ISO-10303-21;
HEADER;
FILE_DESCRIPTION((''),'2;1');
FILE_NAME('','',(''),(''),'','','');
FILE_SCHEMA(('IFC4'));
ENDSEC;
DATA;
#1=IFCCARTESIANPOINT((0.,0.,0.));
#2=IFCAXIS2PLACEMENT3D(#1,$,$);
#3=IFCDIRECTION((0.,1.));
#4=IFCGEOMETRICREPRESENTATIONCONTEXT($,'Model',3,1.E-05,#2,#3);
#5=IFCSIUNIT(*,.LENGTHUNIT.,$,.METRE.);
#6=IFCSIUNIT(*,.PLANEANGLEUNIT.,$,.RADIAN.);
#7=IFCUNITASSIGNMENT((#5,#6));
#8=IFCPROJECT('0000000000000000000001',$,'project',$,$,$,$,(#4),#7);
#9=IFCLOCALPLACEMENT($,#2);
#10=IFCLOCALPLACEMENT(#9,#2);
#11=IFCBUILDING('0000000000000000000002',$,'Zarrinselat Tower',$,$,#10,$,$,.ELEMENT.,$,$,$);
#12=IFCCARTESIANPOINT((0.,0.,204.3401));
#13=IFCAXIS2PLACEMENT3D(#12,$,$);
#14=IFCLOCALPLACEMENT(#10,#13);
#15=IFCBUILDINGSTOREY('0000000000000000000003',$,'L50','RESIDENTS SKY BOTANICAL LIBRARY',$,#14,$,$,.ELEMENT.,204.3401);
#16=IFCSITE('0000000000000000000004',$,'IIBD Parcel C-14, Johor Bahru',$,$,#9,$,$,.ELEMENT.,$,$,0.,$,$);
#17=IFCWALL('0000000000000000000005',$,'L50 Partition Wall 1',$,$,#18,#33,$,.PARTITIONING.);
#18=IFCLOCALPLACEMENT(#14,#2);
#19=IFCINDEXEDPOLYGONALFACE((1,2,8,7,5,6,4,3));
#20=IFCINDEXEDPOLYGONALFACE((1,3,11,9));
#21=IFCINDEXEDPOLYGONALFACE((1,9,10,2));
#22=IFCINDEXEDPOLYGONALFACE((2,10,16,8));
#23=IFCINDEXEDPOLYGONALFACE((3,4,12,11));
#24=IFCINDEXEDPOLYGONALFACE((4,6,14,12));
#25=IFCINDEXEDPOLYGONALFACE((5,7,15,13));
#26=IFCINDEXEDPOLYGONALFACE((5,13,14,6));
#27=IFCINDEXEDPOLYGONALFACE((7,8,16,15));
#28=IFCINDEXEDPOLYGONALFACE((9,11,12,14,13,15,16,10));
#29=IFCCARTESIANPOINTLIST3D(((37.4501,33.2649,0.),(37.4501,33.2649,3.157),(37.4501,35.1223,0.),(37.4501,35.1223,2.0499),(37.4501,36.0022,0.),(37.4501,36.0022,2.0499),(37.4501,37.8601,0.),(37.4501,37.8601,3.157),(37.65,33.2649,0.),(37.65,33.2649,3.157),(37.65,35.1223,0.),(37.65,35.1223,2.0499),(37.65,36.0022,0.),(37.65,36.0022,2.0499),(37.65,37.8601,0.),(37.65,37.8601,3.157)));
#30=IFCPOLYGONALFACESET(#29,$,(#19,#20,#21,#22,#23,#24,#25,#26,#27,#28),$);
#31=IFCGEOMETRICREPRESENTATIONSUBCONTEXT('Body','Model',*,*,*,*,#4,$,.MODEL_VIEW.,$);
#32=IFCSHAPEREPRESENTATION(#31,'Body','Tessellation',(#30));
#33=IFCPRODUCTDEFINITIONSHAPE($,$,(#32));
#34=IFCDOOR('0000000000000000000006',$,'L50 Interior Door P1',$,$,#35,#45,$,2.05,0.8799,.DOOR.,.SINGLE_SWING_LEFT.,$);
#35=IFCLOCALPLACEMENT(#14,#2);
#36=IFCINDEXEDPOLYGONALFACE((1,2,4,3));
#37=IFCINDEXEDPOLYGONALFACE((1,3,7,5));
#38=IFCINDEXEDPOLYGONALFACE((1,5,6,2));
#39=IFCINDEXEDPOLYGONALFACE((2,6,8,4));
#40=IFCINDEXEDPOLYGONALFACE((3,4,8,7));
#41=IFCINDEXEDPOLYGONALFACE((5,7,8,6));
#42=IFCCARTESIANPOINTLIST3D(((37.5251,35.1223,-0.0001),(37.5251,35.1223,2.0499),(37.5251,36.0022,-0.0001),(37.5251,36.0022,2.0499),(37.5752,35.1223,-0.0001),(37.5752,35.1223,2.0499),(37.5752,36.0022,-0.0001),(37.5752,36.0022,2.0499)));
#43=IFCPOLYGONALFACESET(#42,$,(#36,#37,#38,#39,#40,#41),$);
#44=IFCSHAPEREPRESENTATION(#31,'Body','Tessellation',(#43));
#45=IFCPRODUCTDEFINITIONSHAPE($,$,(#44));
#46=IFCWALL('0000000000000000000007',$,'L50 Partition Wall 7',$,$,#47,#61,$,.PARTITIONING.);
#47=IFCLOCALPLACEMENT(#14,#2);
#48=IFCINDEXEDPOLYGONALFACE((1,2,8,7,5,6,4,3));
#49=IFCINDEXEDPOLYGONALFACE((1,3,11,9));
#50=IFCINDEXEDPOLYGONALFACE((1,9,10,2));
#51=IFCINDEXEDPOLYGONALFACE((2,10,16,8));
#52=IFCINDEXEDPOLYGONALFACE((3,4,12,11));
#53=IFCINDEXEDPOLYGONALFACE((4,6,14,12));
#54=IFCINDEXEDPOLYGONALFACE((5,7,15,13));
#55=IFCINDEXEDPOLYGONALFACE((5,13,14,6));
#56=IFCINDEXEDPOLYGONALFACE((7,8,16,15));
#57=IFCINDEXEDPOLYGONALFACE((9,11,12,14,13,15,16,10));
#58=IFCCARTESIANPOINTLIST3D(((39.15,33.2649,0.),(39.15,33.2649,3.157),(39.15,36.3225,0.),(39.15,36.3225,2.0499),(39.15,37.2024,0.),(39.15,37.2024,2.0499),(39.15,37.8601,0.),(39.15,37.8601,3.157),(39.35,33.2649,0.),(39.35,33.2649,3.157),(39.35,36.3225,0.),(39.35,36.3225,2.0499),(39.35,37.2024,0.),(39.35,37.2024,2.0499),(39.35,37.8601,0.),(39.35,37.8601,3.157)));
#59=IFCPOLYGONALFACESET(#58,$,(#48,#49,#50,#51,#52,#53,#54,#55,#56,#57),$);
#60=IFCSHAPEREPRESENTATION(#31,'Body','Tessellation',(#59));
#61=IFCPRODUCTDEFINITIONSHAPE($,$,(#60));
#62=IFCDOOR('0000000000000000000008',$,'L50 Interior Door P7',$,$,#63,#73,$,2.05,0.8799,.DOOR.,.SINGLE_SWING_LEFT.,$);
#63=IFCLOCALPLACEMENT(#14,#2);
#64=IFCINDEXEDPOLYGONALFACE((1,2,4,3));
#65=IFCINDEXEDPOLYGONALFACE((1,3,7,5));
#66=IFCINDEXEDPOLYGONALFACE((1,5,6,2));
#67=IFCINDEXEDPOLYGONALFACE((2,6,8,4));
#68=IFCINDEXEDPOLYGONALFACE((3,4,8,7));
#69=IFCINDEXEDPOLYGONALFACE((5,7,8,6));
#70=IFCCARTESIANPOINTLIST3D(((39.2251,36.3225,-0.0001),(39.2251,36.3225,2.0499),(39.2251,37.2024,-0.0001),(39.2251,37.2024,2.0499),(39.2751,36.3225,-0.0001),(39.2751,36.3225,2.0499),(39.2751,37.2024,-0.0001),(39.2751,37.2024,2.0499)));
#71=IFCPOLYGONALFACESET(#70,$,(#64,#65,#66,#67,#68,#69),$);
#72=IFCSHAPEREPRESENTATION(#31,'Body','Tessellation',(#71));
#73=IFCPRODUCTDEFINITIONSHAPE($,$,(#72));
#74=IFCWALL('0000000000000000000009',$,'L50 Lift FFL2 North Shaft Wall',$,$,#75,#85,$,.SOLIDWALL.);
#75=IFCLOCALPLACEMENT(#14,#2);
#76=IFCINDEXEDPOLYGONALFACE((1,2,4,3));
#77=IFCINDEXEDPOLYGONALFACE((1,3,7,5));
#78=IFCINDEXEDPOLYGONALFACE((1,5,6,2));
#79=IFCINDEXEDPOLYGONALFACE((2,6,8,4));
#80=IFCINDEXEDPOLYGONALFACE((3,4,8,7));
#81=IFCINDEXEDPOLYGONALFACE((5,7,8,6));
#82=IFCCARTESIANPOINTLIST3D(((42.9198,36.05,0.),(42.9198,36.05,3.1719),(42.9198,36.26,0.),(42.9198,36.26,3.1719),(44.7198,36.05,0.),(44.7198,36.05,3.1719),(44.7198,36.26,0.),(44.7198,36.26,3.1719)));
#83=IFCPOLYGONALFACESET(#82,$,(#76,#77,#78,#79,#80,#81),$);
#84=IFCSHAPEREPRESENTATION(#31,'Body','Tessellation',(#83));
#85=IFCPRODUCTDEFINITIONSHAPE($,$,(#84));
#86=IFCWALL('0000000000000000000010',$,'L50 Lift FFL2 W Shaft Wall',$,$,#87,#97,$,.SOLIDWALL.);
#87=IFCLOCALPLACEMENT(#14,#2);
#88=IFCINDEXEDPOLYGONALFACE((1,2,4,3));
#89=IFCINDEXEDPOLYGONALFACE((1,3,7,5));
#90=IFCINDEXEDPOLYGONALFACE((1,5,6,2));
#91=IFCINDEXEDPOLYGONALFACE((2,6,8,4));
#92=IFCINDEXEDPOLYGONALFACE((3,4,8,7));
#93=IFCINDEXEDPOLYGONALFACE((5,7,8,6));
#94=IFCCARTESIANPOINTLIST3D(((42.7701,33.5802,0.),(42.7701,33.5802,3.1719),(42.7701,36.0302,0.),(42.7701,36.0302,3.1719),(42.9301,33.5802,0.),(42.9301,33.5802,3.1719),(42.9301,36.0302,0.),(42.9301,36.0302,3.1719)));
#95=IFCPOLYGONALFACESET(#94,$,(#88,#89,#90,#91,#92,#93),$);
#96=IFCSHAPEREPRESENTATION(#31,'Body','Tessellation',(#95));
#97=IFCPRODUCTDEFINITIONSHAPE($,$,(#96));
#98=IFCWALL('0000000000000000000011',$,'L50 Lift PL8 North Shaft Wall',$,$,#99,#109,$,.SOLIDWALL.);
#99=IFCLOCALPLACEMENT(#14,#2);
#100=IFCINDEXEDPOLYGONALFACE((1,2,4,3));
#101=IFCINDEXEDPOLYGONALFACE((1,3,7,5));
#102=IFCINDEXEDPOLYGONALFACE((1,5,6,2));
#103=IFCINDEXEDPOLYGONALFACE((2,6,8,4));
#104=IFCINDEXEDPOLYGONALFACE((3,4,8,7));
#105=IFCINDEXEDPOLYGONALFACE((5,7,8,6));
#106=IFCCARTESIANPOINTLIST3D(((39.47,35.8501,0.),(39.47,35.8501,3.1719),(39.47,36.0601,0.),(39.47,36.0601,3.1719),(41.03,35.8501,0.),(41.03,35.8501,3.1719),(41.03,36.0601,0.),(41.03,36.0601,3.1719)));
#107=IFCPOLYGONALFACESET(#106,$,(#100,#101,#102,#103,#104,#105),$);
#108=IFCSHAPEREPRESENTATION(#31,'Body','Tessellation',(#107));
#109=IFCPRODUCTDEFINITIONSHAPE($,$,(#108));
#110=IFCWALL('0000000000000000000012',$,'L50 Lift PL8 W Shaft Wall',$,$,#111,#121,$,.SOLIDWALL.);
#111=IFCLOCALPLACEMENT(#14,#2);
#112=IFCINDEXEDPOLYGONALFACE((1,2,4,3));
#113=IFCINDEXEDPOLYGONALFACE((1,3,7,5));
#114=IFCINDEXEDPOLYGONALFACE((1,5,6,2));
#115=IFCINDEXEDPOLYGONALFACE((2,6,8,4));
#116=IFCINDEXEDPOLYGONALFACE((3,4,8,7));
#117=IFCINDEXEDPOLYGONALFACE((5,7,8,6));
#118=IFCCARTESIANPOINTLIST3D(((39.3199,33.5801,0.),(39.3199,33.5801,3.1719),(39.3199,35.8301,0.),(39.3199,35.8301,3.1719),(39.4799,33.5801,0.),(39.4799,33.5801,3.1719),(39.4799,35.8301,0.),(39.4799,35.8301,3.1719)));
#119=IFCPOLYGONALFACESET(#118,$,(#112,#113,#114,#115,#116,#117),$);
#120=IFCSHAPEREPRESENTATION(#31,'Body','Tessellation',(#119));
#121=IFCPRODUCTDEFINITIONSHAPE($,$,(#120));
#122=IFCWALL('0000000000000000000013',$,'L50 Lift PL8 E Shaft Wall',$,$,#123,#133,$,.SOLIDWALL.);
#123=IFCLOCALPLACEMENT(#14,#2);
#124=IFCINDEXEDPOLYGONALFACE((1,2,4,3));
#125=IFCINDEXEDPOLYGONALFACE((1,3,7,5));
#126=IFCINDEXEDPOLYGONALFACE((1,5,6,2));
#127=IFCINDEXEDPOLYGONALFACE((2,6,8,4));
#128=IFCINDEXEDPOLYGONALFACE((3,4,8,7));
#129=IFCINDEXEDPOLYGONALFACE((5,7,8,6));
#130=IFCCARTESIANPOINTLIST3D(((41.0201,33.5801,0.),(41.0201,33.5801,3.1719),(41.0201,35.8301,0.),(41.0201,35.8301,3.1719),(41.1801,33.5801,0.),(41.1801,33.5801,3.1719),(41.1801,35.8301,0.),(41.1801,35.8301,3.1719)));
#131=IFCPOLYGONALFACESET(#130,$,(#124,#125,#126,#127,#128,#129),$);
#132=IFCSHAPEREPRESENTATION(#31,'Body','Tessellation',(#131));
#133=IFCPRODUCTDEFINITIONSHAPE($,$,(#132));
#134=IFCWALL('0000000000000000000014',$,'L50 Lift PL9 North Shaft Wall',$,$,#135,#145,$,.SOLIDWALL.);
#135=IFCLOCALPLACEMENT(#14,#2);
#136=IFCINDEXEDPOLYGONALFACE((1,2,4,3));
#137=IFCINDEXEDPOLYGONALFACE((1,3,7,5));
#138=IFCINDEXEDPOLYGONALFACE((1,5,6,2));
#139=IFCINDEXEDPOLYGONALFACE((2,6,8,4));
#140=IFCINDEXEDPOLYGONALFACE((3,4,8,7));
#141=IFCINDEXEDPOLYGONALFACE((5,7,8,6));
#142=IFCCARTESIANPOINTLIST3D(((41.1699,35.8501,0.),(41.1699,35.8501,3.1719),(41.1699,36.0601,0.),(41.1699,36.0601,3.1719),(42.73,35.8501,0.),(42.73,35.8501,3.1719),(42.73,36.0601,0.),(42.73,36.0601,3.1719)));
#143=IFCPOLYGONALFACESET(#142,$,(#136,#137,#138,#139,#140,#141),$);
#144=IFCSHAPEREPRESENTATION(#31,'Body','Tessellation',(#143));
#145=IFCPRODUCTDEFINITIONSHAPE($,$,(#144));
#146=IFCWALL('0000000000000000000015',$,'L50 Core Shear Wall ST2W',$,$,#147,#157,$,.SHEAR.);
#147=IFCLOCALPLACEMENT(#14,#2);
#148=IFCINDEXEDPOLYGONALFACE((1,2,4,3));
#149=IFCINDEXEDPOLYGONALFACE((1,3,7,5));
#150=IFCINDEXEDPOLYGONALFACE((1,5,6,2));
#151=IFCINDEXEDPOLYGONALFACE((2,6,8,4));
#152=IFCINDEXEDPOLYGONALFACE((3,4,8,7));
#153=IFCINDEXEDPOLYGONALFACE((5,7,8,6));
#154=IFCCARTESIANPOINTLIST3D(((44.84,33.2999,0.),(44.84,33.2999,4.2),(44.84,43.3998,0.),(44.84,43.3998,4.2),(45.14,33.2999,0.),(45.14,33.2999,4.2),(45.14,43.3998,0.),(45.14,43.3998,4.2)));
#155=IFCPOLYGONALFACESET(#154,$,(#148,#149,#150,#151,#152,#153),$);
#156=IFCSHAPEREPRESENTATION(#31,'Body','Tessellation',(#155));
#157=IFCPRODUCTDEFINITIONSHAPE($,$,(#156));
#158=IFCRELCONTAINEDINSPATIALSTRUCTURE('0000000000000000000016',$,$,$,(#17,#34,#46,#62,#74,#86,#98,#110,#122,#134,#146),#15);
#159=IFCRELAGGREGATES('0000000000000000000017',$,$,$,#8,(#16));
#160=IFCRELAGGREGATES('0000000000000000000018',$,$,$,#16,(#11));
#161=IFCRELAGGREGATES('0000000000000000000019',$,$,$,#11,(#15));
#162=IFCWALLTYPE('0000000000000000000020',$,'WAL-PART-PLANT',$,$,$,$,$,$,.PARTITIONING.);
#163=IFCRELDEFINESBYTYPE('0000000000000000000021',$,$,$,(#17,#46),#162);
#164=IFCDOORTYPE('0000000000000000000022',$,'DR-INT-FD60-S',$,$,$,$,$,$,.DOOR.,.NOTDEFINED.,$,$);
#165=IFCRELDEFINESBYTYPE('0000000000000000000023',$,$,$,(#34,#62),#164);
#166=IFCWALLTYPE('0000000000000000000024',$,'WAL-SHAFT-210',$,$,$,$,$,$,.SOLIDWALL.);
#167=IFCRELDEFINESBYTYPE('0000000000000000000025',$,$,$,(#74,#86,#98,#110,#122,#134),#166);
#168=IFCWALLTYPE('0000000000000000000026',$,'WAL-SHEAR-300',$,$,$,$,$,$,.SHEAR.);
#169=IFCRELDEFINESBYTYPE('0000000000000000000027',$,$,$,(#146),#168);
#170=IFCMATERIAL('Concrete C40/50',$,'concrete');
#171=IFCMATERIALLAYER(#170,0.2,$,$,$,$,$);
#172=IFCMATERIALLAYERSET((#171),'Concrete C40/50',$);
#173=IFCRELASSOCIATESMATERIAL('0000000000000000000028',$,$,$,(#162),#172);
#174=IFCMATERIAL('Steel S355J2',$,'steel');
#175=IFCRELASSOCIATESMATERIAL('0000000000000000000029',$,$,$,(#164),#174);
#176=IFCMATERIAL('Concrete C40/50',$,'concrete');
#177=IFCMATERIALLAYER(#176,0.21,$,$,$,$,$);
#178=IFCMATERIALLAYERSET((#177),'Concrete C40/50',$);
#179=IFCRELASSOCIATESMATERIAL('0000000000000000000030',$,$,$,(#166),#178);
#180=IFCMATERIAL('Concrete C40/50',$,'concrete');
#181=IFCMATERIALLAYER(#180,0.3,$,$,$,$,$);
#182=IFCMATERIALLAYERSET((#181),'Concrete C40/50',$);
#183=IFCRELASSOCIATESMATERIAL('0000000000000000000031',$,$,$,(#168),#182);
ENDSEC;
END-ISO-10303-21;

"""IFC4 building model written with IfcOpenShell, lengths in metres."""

from ifc_helpers import new_model, si_unit, direction, frame, frame_2d, origin, place, context, subcontext, project, spatial, rectangle, extrude, material, layer, layer_set, type_object, element, fill, save


model = new_model("IFC4")

# Units and contexts
model_context = context("Model", 3, precision=1e-05, world=origin(), true_north=direction((0.0, 1.0)))
body_context = subcontext(model_context, "Body", "Model", "MODEL_VIEW")
ifc_project = project(units=[si_unit("LENGTHUNIT", "METRE"), si_unit("PLANEANGLEUNIT", "RADIAN")], contexts=[model_context])

# Site, building, storey
site_placement = place(None, origin())
site = spatial("IfcSite", under=ifc_project, at=site_placement, Name="IIBD Parcel C-14, Johor Bahru", CompositionType="ELEMENT", RefElevation=0.0)
building_placement = place(site_placement, origin())
building = spatial("IfcBuilding", under=site, at=building_placement, Name="Zarrinselat Tower", CompositionType="ELEMENT")
storey_placement = place(building_placement, frame((0.0, 0.0, 204.3401)))
storey = spatial("IfcBuildingStorey", under=building, at=storey_placement, Name="L50", Description="RESIDENTS SKY BOTANICAL LIBRARY", CompositionType="ELEMENT", Elevation=204.3401)

# Walls, openings, doors
ifc_material_1 = material(Name="Concrete C40/50", Category="concrete")
ifc_layer_1 = layer(ifc_material_1, 0.2)
ifc_layer_set_1 = layer_set([ifc_layer_1], Name="Concrete C40/50")
wall_type_1 = type_object("IfcWallType", Name="WAL-PART-PLANT", PredefinedType="PARTITIONING", material=ifc_layer_set_1)
wall_1_placement = place(storey_placement, frame((37.55, 33.2649, 0.0), z_axis=(0.0, 0.0, 1.0), x_axis=(0.0, 1.0, 0.0)))
wall_1 = element("IfcWall", 1, at=wall_1_placement, inside=storey, type_object=wall_type_1, Name="L50 Partition Wall 1", PredefinedType="PARTITIONING", context=body_context, shape_type="SweptSolid", body=[
    extrude(rectangle(XDim=4.5952, YDim=0.2, at=frame_2d((2.2976, 0.0))), origin(), (0.0, 0.0, 1.0), 3.157),
])
opening_1_placement = place(wall_1_placement, frame((1.8574, 0.0, 0.0)))
opening_1 = element("IfcOpeningElement", 2, at=opening_1_placement, cuts=wall_1, PredefinedType="OPENING", context=body_context, shape_type="SweptSolid", body=[
    extrude(rectangle(XDim=0.8799, YDim=2.05, at=frame_2d((0.4399, 1.0249))), frame((0.0, 0.1099, 0.0), z_axis=(0.0, -1.0, 0.0), x_axis=(1.0, 0.0, 0.0)), (0.0, 0.0, 1.0), 0.22),
])
ifc_material_2 = material(Name="Steel S355J2", Category="steel")
door_type_1 = type_object("IfcDoorType", Name="DR-INT-FD60-S", OperationType="NOTDEFINED", PredefinedType="DOOR", material=ifc_material_2)
door_1_placement = place(opening_1_placement, origin())
door_1 = element("IfcDoor", 3, at=door_1_placement, inside=storey, type_object=door_type_1, Name="L50 Interior Door P1", OperationType="SINGLE_SWING_LEFT", OverallHeight=2.05, OverallWidth=0.8799, PredefinedType="DOOR", context=body_context, shape_type="SweptSolid", body=[
    extrude(rectangle(XDim=0.8799, YDim=2.05, at=frame_2d((0.4399, 1.0249))), frame((0.0, 0.0249, 0.0), z_axis=(0.0, -1.0, 0.0), x_axis=(1.0, 0.0, 0.0)), (0.0, 0.0, 1.0), 0.05),
])
fill(opening_1, door_1)
wall_2_placement = place(storey_placement, frame((39.25, 33.2649, 0.0), z_axis=(0.0, 0.0, 1.0), x_axis=(0.0, 1.0, 0.0)))
wall_2 = element("IfcWall", 4, at=wall_2_placement, inside=storey, type_object=wall_type_1, Name="L50 Partition Wall 7", PredefinedType="PARTITIONING", context=body_context, shape_type="SweptSolid", body=[
    extrude(rectangle(XDim=4.5952, YDim=0.2, at=frame_2d((2.2976, 0.0))), origin(), (0.0, 0.0, 1.0), 3.157),
])
opening_2_placement = place(wall_2_placement, frame((3.0576, 0.0, 0.0)))
opening_2 = element("IfcOpeningElement", 5, at=opening_2_placement, cuts=wall_2, PredefinedType="OPENING", context=body_context, shape_type="SweptSolid", body=[
    extrude(rectangle(XDim=0.8799, YDim=2.05, at=frame_2d((0.4399, 1.0249))), frame((0.0, 0.1099, 0.0), z_axis=(0.0, -1.0, 0.0), x_axis=(1.0, 0.0, 0.0)), (0.0, 0.0, 1.0), 0.22),
])
door_2_placement = place(opening_2_placement, origin())
door_2 = element("IfcDoor", 6, at=door_2_placement, inside=storey, type_object=door_type_1, Name="L50 Interior Door P7", OperationType="SINGLE_SWING_LEFT", OverallHeight=2.05, OverallWidth=0.8799, PredefinedType="DOOR", context=body_context, shape_type="SweptSolid", body=[
    extrude(rectangle(XDim=0.8799, YDim=2.05, at=frame_2d((0.4399, 1.0249))), frame((0.0, 0.0249, 0.0), z_axis=(0.0, -1.0, 0.0), x_axis=(1.0, 0.0, 0.0)), (0.0, 0.0, 1.0), 0.05),
])
fill(opening_2, door_2)

# Walls
ifc_material_3 = material(Name="Concrete C40/50", Category="concrete")
ifc_layer_2 = layer(ifc_material_3, 0.21)
ifc_layer_set_2 = layer_set([ifc_layer_2], Name="Concrete C40/50")
wall_type_2 = type_object("IfcWallType", Name="WAL-SHAFT-210", PredefinedType="SOLIDWALL", material=ifc_layer_set_2)
wall_3_placement = place(storey_placement, frame((42.9199, 36.155, 0.0), z_axis=(0.0, 0.0, 1.0), x_axis=(1.0, 0.0, 0.0)))
element("IfcWall", 7, at=wall_3_placement, inside=storey, type_object=wall_type_2, Name="L50 Lift FFL2 North Shaft Wall", PredefinedType="SOLIDWALL", context=body_context, shape_type="SweptSolid", body=[
    extrude(rectangle(XDim=1.8, YDim=0.21, at=frame_2d((0.8999, 0.0))), origin(), (0.0, 0.0, 1.0), 3.1719),
])
wall_4_placement = place(storey_placement, frame((42.8501, 33.5801, 0.0), z_axis=(0.0, 0.0, 1.0), x_axis=(0.0, 1.0, 0.0)))
element("IfcWall", 8, at=wall_4_placement, inside=storey, type_object=wall_type_2, Name="L50 Lift FFL2 W Shaft Wall", PredefinedType="SOLIDWALL", context=body_context, shape_type="SweptSolid", body=[
    extrude(rectangle(XDim=2.45, YDim=0.1599, at=frame_2d((1.2251, 0.0))), origin(), (0.0, 0.0, 1.0), 3.1719),
])
wall_5_placement = place(storey_placement, frame((39.47, 35.9551, 0.0), z_axis=(0.0, 0.0, 1.0), x_axis=(1.0, 0.0, 0.0)))
element("IfcWall", 9, at=wall_5_placement, inside=storey, type_object=wall_type_2, Name="L50 Lift PL8 North Shaft Wall", PredefinedType="SOLIDWALL", context=body_context, shape_type="SweptSolid", body=[
    extrude(rectangle(XDim=1.5601, YDim=0.21, at=frame_2d((0.78, 0.0))), origin(), (0.0, 0.0, 1.0), 3.1719),
])
for number, where, z_axis, x_axis, name in (
    (10, (39.3999, 33.5801, 0.0), (0.0, 0.0, 1.0), (0.0, 1.0, 0.0), "L50 Lift PL8 W Shaft Wall"),
    (11, (41.1001, 33.5801, 0.0), (0.0, 0.0, 1.0), (0.0, 1.0, 0.0), "L50 Lift PL8 E Shaft Wall"),
):
    element("IfcWall", number, at=place(storey_placement, frame(where, z_axis=z_axis, x_axis=x_axis)), inside=storey, type_object=wall_type_2, Name=name, PredefinedType="SOLIDWALL", context=body_context, shape_type="SweptSolid", body=[
        extrude(rectangle(XDim=2.25, YDim=0.1599, at=frame_2d((1.125, 0.0))), origin(), (0.0, 0.0, 1.0), 3.1719),
    ])
wall_6_placement = place(storey_placement, frame((41.1699, 35.9551, 0.0), z_axis=(0.0, 0.0, 1.0), x_axis=(1.0, 0.0, 0.0)))
element("IfcWall", 12, at=wall_6_placement, inside=storey, type_object=wall_type_2, Name="L50 Lift PL9 North Shaft Wall", PredefinedType="SOLIDWALL", context=body_context, shape_type="SweptSolid", body=[
    extrude(rectangle(XDim=1.5601, YDim=0.21, at=frame_2d((0.78, 0.0))), origin(), (0.0, 0.0, 1.0), 3.1719),
])
ifc_material_4 = material(Name="Concrete C40/50", Category="concrete")
ifc_layer_3 = layer(ifc_material_4, 0.3)
ifc_layer_set_3 = layer_set([ifc_layer_3], Name="Concrete C40/50")
wall_type_3 = type_object("IfcWallType", Name="WAL-SHEAR-300", PredefinedType="SHEAR", material=ifc_layer_set_3)
wall_7_placement = place(storey_placement, frame((44.99, 33.3, 0.0), z_axis=(0.0, 0.0, 1.0), x_axis=(0.0, 1.0, 0.0)))
element("IfcWall", 13, at=wall_7_placement, inside=storey, type_object=wall_type_3, Name="L50 Core Shear Wall ST2W", PredefinedType="SHEAR", context=body_context, shape_type="SweptSolid", body=[
    extrude(rectangle(XDim=10.0999, YDim=0.3, at=frame_2d((5.0498, 0.0))), origin(), (0.0, 0.0, 1.0), 4.2),
])

save(model, "model.ifc")
